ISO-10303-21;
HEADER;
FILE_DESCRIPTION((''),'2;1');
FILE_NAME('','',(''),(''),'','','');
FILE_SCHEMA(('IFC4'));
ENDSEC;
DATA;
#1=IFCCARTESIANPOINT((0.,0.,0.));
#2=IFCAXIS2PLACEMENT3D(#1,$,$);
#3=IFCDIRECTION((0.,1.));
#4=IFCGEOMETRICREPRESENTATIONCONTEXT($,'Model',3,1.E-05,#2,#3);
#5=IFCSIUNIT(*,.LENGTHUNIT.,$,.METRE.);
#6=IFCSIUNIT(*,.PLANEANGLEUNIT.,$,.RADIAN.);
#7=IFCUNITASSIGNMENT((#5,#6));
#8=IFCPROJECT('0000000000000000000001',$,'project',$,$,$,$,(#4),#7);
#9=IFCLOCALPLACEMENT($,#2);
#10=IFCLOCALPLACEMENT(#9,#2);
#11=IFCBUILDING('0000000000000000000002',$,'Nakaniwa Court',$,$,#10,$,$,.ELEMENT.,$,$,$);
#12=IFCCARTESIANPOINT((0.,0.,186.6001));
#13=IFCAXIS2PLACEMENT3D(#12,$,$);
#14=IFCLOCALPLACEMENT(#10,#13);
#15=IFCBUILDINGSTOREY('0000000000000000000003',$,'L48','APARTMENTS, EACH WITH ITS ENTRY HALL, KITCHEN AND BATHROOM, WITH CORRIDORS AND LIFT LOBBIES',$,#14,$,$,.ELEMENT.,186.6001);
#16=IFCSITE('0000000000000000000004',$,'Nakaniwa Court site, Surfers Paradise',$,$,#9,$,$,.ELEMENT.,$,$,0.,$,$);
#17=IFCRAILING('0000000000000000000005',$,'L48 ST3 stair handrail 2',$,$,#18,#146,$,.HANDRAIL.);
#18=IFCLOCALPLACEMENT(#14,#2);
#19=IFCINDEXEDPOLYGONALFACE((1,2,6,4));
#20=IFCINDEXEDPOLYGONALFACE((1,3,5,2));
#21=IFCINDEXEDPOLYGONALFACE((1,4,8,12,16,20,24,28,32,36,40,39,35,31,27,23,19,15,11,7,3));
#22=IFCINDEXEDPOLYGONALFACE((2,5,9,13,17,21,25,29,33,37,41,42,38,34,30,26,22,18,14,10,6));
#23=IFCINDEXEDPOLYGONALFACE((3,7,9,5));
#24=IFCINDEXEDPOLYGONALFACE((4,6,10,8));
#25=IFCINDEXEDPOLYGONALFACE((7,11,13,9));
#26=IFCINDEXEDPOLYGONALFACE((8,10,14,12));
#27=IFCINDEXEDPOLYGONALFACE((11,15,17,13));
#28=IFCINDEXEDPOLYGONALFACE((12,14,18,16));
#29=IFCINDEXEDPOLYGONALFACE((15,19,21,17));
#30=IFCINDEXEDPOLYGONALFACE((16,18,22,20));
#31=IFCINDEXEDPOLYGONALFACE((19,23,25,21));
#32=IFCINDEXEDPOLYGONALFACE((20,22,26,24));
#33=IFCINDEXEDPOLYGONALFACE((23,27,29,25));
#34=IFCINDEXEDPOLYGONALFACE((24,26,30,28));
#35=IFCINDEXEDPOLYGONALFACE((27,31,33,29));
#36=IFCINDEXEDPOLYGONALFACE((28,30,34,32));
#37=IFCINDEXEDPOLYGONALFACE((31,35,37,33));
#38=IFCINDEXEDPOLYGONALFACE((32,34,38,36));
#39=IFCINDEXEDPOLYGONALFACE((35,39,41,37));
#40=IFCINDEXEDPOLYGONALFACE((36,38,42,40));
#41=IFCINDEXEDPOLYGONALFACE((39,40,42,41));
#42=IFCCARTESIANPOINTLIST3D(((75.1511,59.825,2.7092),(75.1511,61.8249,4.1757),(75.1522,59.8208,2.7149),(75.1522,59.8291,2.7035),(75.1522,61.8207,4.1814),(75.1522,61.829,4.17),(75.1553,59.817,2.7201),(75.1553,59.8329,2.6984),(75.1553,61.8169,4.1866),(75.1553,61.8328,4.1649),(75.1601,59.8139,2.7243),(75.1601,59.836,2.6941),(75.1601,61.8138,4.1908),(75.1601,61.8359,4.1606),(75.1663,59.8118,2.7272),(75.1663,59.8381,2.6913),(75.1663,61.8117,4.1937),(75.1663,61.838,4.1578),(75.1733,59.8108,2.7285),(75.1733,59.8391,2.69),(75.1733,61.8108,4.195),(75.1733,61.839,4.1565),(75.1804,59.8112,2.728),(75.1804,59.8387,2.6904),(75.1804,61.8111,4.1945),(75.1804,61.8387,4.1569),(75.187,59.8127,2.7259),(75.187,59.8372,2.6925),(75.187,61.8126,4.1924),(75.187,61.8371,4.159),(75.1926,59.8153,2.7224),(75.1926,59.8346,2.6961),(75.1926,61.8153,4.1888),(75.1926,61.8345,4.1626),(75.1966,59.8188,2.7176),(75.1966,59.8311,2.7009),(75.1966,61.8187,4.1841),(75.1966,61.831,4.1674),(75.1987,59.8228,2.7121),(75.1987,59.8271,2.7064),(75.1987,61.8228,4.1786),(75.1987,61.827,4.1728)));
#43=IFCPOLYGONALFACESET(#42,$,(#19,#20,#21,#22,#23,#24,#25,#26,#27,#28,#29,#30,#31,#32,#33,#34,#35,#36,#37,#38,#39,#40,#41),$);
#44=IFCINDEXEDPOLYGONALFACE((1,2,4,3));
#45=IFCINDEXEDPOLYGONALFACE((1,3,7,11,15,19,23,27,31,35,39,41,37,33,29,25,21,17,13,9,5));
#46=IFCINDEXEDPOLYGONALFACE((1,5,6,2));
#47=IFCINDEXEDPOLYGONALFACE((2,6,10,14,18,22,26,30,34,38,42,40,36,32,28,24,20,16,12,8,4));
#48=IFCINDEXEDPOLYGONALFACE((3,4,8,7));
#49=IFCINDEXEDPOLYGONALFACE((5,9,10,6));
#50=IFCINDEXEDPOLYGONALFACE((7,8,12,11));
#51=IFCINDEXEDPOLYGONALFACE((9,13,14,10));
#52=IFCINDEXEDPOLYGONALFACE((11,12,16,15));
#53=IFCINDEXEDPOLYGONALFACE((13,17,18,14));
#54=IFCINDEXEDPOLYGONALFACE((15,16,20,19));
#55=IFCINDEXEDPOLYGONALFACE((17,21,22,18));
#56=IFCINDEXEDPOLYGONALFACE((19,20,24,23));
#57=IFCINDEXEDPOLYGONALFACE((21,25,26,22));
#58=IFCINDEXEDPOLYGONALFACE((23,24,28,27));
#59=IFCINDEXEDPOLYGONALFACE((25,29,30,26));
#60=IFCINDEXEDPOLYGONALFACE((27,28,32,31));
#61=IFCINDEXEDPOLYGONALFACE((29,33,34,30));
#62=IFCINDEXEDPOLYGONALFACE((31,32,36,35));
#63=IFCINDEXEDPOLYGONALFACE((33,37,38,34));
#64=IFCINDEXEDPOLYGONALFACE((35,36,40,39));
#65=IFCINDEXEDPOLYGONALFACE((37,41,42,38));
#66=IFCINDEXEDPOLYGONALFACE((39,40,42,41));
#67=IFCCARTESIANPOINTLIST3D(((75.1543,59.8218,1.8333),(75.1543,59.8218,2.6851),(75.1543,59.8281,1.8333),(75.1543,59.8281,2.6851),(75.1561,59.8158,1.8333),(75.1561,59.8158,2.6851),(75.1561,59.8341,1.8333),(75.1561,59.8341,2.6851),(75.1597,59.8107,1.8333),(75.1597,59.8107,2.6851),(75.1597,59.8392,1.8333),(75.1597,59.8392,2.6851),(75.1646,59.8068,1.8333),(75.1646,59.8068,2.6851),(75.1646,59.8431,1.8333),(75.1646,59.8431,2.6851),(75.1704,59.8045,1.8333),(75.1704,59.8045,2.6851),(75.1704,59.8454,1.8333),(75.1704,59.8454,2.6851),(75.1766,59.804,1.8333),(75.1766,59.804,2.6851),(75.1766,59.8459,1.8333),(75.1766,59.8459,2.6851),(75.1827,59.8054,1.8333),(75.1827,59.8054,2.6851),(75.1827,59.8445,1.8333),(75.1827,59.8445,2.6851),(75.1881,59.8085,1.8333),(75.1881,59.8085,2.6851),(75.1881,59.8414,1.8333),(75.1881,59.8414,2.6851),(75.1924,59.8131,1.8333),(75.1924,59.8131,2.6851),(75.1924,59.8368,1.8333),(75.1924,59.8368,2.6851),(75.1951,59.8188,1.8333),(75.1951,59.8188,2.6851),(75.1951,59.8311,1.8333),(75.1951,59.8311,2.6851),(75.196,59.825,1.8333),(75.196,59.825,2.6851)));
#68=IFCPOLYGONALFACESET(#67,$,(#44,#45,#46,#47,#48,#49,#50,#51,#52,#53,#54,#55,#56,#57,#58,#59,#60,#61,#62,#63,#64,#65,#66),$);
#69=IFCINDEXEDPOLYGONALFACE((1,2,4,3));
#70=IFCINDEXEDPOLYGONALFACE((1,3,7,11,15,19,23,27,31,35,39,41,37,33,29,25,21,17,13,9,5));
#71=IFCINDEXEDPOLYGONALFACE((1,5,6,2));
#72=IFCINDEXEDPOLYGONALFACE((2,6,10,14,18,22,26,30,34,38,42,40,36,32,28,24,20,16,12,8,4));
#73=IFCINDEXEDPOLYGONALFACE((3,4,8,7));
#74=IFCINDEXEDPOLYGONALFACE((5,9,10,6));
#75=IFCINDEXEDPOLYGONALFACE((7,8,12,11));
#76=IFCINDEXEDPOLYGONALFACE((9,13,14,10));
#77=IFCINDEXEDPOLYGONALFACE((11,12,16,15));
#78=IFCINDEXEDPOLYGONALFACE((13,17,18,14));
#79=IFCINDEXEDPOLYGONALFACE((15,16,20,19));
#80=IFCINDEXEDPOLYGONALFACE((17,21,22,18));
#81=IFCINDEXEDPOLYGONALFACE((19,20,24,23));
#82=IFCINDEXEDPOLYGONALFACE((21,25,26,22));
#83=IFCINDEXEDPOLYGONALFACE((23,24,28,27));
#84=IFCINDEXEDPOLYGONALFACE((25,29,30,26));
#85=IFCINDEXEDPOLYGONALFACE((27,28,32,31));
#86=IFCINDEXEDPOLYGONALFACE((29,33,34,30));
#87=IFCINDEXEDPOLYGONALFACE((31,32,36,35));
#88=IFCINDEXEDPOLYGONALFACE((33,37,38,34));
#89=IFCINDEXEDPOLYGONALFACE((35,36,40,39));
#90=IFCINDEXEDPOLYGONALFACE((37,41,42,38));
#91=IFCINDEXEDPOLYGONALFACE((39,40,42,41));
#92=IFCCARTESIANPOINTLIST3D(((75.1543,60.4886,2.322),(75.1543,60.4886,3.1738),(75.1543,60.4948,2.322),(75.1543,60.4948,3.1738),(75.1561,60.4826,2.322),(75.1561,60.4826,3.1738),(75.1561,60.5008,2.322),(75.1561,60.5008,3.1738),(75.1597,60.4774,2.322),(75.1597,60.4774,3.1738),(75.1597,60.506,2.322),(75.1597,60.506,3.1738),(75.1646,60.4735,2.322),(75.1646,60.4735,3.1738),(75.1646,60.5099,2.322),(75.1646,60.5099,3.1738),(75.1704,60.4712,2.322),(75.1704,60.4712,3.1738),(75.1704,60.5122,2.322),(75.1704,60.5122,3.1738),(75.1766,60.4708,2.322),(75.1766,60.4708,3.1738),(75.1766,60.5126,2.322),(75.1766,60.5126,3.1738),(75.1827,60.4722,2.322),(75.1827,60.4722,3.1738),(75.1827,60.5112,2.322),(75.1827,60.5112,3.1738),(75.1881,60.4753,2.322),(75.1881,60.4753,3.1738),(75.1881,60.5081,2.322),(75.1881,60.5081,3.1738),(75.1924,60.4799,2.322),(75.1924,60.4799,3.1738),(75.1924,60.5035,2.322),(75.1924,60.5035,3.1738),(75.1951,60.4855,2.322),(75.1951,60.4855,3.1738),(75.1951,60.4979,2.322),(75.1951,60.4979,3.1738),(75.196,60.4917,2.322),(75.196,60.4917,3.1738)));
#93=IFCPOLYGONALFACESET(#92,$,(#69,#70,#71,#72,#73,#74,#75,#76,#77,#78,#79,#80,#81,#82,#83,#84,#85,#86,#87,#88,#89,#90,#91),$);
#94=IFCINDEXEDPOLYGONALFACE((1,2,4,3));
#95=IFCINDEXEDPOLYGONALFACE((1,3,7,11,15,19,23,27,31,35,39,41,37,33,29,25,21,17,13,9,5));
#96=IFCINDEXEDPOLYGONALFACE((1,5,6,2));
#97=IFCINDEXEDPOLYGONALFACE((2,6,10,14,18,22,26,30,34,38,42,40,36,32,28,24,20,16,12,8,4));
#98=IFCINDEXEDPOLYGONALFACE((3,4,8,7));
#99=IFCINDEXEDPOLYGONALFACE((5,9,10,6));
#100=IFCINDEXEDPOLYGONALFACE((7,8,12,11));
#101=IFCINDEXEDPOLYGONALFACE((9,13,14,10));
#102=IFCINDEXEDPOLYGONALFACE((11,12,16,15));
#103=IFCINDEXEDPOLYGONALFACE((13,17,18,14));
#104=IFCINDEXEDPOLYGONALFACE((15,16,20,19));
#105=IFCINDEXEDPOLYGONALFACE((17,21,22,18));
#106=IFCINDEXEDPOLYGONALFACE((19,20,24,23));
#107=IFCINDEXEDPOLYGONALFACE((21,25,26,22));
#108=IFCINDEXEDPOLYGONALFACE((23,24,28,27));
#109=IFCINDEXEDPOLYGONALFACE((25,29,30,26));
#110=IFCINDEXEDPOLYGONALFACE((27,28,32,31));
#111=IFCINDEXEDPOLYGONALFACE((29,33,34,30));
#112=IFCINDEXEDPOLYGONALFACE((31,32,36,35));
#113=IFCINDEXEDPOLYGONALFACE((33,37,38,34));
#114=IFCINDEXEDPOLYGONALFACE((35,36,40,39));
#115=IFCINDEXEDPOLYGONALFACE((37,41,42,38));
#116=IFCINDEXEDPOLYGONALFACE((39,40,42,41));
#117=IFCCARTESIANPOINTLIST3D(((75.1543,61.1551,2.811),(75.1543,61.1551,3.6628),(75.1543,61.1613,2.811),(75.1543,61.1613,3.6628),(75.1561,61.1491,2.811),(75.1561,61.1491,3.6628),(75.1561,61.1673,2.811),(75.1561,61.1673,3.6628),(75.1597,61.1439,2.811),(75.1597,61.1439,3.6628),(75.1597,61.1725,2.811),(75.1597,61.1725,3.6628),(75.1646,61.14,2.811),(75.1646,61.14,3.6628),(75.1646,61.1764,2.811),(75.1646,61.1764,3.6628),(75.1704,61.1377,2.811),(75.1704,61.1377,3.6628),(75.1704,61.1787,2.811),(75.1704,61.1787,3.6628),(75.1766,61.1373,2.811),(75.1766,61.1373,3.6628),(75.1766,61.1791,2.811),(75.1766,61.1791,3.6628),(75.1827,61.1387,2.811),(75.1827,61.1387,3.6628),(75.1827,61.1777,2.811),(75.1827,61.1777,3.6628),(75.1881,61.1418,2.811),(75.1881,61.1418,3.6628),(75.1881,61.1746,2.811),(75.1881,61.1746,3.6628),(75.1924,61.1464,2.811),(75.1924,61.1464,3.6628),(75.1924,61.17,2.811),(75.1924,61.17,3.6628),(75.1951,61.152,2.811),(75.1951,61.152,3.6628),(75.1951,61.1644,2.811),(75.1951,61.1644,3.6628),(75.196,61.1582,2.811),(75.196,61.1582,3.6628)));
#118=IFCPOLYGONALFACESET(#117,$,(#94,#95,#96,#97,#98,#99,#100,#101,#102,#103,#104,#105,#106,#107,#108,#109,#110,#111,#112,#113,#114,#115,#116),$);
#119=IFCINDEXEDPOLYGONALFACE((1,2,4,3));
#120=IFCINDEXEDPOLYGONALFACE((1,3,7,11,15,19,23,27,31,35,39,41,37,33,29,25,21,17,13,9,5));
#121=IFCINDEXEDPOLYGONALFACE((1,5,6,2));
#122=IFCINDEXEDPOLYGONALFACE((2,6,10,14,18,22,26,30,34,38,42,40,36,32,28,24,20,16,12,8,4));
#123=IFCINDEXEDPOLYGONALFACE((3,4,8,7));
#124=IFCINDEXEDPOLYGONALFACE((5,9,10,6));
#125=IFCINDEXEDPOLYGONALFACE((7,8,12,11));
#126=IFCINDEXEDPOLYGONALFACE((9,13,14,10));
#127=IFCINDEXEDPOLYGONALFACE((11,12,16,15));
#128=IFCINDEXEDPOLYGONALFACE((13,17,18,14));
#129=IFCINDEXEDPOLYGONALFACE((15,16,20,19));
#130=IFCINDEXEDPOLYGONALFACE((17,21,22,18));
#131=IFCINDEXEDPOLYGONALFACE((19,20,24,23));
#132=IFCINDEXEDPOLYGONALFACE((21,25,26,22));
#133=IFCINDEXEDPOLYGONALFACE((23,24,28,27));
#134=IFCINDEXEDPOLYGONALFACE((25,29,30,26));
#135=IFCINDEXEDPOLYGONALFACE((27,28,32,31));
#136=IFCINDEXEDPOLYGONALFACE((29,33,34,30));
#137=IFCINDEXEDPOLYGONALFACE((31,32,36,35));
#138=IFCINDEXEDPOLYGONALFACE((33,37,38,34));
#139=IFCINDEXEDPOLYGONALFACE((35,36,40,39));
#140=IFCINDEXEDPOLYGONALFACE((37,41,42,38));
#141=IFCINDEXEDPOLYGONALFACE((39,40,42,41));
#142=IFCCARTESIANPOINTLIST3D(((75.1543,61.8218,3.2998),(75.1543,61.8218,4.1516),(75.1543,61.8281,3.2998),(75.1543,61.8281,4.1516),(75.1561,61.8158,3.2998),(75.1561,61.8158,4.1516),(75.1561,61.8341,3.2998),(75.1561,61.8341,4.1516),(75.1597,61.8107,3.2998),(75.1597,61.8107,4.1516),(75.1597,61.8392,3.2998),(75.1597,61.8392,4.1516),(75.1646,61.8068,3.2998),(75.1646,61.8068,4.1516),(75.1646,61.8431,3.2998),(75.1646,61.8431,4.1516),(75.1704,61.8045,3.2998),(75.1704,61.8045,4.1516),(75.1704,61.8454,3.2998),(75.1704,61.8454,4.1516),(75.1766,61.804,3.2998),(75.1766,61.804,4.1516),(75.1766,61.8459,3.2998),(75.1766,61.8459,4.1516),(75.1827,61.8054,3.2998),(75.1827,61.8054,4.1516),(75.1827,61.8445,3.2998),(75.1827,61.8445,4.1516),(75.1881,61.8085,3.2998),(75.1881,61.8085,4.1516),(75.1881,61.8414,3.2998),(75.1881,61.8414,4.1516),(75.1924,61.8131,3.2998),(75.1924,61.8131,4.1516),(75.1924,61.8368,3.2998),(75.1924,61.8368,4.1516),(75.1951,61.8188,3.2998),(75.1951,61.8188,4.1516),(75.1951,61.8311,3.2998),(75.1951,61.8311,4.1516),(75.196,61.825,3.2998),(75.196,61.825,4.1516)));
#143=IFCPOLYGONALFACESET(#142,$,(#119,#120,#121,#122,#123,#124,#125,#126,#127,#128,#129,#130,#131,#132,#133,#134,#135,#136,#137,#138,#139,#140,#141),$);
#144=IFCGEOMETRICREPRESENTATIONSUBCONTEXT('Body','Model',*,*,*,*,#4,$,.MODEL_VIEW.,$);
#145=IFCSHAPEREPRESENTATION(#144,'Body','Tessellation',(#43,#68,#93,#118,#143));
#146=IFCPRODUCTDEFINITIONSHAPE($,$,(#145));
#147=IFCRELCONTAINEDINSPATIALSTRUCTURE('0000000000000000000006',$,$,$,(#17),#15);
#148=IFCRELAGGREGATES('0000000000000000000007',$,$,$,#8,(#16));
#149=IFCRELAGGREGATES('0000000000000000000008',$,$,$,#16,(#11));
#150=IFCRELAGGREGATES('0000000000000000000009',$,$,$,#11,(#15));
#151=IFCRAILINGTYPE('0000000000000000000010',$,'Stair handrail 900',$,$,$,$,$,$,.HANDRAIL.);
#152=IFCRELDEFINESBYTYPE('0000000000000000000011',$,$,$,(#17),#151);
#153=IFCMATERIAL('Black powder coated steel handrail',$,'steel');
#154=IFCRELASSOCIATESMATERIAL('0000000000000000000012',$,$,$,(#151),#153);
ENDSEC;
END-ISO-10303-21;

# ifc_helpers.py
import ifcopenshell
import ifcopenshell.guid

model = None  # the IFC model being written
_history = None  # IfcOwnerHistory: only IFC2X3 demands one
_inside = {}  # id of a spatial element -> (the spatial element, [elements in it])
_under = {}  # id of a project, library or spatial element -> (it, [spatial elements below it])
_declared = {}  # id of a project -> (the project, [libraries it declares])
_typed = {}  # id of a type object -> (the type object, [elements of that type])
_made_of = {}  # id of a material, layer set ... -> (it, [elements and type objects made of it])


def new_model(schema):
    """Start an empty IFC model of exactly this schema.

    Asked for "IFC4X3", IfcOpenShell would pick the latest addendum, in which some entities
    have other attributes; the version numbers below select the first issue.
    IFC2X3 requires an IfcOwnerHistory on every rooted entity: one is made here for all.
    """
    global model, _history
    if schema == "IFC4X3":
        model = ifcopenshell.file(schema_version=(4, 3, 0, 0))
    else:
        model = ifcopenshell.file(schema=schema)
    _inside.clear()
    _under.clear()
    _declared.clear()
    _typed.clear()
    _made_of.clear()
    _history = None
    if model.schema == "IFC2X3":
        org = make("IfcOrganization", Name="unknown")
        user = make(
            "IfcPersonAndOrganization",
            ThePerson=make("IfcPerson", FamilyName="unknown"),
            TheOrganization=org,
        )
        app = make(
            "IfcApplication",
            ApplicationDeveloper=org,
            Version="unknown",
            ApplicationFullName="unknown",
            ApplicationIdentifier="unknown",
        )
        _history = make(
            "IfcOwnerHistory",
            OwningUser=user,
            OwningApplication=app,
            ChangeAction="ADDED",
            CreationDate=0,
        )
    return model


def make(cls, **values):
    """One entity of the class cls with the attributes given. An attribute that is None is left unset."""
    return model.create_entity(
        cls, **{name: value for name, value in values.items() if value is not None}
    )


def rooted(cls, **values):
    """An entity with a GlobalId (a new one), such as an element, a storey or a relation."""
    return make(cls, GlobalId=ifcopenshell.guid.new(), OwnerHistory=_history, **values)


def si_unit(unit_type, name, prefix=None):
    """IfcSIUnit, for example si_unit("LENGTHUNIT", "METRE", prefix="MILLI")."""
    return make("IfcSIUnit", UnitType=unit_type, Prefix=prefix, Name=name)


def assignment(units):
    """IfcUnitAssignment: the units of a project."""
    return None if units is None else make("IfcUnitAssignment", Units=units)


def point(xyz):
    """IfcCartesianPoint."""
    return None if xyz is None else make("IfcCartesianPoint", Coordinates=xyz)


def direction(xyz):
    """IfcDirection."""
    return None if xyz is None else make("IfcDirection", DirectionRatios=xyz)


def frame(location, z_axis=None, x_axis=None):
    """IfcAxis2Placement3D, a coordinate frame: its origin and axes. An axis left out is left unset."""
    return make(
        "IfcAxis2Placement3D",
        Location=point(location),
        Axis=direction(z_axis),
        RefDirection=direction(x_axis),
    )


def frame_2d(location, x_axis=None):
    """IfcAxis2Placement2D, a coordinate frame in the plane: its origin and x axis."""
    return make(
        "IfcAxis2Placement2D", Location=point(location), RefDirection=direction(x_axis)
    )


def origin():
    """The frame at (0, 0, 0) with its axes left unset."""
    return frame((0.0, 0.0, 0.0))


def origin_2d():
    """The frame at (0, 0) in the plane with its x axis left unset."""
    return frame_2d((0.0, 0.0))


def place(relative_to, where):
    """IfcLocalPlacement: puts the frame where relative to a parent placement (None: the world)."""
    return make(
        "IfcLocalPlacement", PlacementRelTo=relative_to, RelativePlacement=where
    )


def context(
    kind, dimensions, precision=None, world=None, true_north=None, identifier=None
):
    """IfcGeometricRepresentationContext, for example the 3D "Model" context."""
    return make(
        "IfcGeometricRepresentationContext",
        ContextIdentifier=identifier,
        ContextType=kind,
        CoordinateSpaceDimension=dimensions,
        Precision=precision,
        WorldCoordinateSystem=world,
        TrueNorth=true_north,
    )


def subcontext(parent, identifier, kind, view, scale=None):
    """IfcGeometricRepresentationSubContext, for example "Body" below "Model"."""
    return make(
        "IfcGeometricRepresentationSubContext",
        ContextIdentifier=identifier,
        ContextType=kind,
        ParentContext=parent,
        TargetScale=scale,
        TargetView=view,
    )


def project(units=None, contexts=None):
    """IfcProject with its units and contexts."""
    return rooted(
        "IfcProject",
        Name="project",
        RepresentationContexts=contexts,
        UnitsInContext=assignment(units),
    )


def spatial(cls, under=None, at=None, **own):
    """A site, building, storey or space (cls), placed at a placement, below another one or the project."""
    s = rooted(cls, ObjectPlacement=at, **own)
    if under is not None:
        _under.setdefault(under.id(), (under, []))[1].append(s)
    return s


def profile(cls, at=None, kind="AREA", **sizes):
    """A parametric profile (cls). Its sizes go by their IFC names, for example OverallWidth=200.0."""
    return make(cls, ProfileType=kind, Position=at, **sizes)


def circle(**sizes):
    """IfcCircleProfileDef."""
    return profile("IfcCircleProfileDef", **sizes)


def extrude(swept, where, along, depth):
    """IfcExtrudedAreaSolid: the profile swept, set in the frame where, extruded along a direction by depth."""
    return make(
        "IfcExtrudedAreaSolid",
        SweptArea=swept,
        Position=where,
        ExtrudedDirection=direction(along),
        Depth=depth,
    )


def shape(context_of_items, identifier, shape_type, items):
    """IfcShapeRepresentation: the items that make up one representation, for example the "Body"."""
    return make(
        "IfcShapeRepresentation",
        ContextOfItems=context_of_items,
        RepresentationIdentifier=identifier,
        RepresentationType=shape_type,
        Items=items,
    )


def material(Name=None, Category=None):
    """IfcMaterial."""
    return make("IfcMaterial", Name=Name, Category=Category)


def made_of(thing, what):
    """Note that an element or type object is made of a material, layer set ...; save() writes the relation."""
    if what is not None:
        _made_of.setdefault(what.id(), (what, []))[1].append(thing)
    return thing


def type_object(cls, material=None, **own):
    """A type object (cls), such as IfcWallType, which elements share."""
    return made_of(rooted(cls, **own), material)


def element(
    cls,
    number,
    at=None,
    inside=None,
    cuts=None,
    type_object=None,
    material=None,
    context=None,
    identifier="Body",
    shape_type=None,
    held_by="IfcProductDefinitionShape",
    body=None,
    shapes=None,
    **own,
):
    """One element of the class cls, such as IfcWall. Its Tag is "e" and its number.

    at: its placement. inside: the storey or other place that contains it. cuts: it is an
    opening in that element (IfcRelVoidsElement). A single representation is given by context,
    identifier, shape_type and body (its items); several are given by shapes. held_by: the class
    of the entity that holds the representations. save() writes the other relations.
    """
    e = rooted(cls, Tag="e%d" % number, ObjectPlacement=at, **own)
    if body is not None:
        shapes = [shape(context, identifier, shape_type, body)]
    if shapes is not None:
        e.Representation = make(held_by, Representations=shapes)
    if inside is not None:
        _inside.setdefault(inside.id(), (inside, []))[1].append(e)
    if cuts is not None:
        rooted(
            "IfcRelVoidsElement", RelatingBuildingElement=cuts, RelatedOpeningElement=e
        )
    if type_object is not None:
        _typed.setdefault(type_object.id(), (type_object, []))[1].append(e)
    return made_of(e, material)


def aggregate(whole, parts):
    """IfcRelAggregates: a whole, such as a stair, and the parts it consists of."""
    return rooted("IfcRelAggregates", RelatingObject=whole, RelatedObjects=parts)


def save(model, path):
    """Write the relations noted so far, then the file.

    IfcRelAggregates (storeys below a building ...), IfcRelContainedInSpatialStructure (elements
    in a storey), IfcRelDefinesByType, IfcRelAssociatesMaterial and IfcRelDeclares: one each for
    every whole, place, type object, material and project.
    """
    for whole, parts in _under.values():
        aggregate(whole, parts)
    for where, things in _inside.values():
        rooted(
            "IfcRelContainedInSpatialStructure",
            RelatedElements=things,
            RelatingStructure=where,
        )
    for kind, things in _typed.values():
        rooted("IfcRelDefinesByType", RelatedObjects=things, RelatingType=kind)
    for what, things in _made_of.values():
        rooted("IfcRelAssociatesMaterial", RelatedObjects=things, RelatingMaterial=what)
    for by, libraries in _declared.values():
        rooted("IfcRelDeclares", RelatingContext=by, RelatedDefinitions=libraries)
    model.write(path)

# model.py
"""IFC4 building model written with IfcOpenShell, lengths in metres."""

from ifc_helpers import new_model, si_unit, direction, frame, origin, origin_2d, place, context, subcontext, project, spatial, circle, extrude, material, type_object, element, save


model = new_model("IFC4")

# Units and contexts
model_context = context("Model", 3, precision=1e-05, world=origin(), true_north=direction((0.0, 1.0)))
body_context = subcontext(model_context, "Body", "Model", "MODEL_VIEW")
ifc_project = project(units=[si_unit("LENGTHUNIT", "METRE"), si_unit("PLANEANGLEUNIT", "RADIAN")], contexts=[model_context])

# Site, building, storey
site_placement = place(None, origin())
site = spatial("IfcSite", under=ifc_project, at=site_placement, Name="Nakaniwa Court site, Surfers Paradise", CompositionType="ELEMENT", RefElevation=0.0)
building_placement = place(site_placement, origin())
building = spatial("IfcBuilding", under=site, at=building_placement, Name="Nakaniwa Court", CompositionType="ELEMENT")
storey_placement = place(building_placement, frame((0.0, 0.0, 186.6001)))
storey = spatial("IfcBuildingStorey", under=building, at=storey_placement, Name="L48", Description="APARTMENTS, EACH WITH ITS ENTRY HALL, KITCHEN AND BATHROOM, WITH CORRIDORS AND LIFT LOBBIES", CompositionType="ELEMENT", Elevation=186.6001)

# Railing
ifc_material_1 = material(Name="Black powder coated steel handrail", Category="steel")
railing_type_1 = type_object("IfcRailingType", Name="Stair handrail 900", PredefinedType="HANDRAIL", material=ifc_material_1)
railing_1_placement = place(storey_placement, frame((75.175, 59.825, 1.8333)))
element("IfcRailing", 1, at=railing_1_placement, inside=storey, type_object=railing_type_1, Name="L48 ST3 stair handrail 2", PredefinedType="HANDRAIL", context=body_context, shape_type="SweptSolid", body=[
    extrude(circle(Radius=0.0239, at=origin_2d()), frame((0.0, 0.0, 0.876), z_axis=(0.0, 0.806427, 0.591334), x_axis=(-1.0, 0.0, 0.0)), (0.0, 0.0, 1.0), 2.48),
    extrude(circle(Radius=0.021, at=origin_2d()), origin(), (0.0, 0.0, 1.0), 0.8518),
    extrude(circle(Radius=0.021, at=origin_2d()), frame((0.0, 0.6667, 0.4888)), (0.0, 0.0, 1.0), 0.8518),
    extrude(circle(Radius=0.021, at=origin_2d()), frame((0.0, 1.3333, 0.9778)), (0.0, 0.0, 1.0), 0.8518),
    extrude(circle(Radius=0.021, at=origin_2d()), frame((0.0, 2.0, 1.4666)), (0.0, 0.0, 1.0), 0.8518),
])

save(model, "model.ifc")
